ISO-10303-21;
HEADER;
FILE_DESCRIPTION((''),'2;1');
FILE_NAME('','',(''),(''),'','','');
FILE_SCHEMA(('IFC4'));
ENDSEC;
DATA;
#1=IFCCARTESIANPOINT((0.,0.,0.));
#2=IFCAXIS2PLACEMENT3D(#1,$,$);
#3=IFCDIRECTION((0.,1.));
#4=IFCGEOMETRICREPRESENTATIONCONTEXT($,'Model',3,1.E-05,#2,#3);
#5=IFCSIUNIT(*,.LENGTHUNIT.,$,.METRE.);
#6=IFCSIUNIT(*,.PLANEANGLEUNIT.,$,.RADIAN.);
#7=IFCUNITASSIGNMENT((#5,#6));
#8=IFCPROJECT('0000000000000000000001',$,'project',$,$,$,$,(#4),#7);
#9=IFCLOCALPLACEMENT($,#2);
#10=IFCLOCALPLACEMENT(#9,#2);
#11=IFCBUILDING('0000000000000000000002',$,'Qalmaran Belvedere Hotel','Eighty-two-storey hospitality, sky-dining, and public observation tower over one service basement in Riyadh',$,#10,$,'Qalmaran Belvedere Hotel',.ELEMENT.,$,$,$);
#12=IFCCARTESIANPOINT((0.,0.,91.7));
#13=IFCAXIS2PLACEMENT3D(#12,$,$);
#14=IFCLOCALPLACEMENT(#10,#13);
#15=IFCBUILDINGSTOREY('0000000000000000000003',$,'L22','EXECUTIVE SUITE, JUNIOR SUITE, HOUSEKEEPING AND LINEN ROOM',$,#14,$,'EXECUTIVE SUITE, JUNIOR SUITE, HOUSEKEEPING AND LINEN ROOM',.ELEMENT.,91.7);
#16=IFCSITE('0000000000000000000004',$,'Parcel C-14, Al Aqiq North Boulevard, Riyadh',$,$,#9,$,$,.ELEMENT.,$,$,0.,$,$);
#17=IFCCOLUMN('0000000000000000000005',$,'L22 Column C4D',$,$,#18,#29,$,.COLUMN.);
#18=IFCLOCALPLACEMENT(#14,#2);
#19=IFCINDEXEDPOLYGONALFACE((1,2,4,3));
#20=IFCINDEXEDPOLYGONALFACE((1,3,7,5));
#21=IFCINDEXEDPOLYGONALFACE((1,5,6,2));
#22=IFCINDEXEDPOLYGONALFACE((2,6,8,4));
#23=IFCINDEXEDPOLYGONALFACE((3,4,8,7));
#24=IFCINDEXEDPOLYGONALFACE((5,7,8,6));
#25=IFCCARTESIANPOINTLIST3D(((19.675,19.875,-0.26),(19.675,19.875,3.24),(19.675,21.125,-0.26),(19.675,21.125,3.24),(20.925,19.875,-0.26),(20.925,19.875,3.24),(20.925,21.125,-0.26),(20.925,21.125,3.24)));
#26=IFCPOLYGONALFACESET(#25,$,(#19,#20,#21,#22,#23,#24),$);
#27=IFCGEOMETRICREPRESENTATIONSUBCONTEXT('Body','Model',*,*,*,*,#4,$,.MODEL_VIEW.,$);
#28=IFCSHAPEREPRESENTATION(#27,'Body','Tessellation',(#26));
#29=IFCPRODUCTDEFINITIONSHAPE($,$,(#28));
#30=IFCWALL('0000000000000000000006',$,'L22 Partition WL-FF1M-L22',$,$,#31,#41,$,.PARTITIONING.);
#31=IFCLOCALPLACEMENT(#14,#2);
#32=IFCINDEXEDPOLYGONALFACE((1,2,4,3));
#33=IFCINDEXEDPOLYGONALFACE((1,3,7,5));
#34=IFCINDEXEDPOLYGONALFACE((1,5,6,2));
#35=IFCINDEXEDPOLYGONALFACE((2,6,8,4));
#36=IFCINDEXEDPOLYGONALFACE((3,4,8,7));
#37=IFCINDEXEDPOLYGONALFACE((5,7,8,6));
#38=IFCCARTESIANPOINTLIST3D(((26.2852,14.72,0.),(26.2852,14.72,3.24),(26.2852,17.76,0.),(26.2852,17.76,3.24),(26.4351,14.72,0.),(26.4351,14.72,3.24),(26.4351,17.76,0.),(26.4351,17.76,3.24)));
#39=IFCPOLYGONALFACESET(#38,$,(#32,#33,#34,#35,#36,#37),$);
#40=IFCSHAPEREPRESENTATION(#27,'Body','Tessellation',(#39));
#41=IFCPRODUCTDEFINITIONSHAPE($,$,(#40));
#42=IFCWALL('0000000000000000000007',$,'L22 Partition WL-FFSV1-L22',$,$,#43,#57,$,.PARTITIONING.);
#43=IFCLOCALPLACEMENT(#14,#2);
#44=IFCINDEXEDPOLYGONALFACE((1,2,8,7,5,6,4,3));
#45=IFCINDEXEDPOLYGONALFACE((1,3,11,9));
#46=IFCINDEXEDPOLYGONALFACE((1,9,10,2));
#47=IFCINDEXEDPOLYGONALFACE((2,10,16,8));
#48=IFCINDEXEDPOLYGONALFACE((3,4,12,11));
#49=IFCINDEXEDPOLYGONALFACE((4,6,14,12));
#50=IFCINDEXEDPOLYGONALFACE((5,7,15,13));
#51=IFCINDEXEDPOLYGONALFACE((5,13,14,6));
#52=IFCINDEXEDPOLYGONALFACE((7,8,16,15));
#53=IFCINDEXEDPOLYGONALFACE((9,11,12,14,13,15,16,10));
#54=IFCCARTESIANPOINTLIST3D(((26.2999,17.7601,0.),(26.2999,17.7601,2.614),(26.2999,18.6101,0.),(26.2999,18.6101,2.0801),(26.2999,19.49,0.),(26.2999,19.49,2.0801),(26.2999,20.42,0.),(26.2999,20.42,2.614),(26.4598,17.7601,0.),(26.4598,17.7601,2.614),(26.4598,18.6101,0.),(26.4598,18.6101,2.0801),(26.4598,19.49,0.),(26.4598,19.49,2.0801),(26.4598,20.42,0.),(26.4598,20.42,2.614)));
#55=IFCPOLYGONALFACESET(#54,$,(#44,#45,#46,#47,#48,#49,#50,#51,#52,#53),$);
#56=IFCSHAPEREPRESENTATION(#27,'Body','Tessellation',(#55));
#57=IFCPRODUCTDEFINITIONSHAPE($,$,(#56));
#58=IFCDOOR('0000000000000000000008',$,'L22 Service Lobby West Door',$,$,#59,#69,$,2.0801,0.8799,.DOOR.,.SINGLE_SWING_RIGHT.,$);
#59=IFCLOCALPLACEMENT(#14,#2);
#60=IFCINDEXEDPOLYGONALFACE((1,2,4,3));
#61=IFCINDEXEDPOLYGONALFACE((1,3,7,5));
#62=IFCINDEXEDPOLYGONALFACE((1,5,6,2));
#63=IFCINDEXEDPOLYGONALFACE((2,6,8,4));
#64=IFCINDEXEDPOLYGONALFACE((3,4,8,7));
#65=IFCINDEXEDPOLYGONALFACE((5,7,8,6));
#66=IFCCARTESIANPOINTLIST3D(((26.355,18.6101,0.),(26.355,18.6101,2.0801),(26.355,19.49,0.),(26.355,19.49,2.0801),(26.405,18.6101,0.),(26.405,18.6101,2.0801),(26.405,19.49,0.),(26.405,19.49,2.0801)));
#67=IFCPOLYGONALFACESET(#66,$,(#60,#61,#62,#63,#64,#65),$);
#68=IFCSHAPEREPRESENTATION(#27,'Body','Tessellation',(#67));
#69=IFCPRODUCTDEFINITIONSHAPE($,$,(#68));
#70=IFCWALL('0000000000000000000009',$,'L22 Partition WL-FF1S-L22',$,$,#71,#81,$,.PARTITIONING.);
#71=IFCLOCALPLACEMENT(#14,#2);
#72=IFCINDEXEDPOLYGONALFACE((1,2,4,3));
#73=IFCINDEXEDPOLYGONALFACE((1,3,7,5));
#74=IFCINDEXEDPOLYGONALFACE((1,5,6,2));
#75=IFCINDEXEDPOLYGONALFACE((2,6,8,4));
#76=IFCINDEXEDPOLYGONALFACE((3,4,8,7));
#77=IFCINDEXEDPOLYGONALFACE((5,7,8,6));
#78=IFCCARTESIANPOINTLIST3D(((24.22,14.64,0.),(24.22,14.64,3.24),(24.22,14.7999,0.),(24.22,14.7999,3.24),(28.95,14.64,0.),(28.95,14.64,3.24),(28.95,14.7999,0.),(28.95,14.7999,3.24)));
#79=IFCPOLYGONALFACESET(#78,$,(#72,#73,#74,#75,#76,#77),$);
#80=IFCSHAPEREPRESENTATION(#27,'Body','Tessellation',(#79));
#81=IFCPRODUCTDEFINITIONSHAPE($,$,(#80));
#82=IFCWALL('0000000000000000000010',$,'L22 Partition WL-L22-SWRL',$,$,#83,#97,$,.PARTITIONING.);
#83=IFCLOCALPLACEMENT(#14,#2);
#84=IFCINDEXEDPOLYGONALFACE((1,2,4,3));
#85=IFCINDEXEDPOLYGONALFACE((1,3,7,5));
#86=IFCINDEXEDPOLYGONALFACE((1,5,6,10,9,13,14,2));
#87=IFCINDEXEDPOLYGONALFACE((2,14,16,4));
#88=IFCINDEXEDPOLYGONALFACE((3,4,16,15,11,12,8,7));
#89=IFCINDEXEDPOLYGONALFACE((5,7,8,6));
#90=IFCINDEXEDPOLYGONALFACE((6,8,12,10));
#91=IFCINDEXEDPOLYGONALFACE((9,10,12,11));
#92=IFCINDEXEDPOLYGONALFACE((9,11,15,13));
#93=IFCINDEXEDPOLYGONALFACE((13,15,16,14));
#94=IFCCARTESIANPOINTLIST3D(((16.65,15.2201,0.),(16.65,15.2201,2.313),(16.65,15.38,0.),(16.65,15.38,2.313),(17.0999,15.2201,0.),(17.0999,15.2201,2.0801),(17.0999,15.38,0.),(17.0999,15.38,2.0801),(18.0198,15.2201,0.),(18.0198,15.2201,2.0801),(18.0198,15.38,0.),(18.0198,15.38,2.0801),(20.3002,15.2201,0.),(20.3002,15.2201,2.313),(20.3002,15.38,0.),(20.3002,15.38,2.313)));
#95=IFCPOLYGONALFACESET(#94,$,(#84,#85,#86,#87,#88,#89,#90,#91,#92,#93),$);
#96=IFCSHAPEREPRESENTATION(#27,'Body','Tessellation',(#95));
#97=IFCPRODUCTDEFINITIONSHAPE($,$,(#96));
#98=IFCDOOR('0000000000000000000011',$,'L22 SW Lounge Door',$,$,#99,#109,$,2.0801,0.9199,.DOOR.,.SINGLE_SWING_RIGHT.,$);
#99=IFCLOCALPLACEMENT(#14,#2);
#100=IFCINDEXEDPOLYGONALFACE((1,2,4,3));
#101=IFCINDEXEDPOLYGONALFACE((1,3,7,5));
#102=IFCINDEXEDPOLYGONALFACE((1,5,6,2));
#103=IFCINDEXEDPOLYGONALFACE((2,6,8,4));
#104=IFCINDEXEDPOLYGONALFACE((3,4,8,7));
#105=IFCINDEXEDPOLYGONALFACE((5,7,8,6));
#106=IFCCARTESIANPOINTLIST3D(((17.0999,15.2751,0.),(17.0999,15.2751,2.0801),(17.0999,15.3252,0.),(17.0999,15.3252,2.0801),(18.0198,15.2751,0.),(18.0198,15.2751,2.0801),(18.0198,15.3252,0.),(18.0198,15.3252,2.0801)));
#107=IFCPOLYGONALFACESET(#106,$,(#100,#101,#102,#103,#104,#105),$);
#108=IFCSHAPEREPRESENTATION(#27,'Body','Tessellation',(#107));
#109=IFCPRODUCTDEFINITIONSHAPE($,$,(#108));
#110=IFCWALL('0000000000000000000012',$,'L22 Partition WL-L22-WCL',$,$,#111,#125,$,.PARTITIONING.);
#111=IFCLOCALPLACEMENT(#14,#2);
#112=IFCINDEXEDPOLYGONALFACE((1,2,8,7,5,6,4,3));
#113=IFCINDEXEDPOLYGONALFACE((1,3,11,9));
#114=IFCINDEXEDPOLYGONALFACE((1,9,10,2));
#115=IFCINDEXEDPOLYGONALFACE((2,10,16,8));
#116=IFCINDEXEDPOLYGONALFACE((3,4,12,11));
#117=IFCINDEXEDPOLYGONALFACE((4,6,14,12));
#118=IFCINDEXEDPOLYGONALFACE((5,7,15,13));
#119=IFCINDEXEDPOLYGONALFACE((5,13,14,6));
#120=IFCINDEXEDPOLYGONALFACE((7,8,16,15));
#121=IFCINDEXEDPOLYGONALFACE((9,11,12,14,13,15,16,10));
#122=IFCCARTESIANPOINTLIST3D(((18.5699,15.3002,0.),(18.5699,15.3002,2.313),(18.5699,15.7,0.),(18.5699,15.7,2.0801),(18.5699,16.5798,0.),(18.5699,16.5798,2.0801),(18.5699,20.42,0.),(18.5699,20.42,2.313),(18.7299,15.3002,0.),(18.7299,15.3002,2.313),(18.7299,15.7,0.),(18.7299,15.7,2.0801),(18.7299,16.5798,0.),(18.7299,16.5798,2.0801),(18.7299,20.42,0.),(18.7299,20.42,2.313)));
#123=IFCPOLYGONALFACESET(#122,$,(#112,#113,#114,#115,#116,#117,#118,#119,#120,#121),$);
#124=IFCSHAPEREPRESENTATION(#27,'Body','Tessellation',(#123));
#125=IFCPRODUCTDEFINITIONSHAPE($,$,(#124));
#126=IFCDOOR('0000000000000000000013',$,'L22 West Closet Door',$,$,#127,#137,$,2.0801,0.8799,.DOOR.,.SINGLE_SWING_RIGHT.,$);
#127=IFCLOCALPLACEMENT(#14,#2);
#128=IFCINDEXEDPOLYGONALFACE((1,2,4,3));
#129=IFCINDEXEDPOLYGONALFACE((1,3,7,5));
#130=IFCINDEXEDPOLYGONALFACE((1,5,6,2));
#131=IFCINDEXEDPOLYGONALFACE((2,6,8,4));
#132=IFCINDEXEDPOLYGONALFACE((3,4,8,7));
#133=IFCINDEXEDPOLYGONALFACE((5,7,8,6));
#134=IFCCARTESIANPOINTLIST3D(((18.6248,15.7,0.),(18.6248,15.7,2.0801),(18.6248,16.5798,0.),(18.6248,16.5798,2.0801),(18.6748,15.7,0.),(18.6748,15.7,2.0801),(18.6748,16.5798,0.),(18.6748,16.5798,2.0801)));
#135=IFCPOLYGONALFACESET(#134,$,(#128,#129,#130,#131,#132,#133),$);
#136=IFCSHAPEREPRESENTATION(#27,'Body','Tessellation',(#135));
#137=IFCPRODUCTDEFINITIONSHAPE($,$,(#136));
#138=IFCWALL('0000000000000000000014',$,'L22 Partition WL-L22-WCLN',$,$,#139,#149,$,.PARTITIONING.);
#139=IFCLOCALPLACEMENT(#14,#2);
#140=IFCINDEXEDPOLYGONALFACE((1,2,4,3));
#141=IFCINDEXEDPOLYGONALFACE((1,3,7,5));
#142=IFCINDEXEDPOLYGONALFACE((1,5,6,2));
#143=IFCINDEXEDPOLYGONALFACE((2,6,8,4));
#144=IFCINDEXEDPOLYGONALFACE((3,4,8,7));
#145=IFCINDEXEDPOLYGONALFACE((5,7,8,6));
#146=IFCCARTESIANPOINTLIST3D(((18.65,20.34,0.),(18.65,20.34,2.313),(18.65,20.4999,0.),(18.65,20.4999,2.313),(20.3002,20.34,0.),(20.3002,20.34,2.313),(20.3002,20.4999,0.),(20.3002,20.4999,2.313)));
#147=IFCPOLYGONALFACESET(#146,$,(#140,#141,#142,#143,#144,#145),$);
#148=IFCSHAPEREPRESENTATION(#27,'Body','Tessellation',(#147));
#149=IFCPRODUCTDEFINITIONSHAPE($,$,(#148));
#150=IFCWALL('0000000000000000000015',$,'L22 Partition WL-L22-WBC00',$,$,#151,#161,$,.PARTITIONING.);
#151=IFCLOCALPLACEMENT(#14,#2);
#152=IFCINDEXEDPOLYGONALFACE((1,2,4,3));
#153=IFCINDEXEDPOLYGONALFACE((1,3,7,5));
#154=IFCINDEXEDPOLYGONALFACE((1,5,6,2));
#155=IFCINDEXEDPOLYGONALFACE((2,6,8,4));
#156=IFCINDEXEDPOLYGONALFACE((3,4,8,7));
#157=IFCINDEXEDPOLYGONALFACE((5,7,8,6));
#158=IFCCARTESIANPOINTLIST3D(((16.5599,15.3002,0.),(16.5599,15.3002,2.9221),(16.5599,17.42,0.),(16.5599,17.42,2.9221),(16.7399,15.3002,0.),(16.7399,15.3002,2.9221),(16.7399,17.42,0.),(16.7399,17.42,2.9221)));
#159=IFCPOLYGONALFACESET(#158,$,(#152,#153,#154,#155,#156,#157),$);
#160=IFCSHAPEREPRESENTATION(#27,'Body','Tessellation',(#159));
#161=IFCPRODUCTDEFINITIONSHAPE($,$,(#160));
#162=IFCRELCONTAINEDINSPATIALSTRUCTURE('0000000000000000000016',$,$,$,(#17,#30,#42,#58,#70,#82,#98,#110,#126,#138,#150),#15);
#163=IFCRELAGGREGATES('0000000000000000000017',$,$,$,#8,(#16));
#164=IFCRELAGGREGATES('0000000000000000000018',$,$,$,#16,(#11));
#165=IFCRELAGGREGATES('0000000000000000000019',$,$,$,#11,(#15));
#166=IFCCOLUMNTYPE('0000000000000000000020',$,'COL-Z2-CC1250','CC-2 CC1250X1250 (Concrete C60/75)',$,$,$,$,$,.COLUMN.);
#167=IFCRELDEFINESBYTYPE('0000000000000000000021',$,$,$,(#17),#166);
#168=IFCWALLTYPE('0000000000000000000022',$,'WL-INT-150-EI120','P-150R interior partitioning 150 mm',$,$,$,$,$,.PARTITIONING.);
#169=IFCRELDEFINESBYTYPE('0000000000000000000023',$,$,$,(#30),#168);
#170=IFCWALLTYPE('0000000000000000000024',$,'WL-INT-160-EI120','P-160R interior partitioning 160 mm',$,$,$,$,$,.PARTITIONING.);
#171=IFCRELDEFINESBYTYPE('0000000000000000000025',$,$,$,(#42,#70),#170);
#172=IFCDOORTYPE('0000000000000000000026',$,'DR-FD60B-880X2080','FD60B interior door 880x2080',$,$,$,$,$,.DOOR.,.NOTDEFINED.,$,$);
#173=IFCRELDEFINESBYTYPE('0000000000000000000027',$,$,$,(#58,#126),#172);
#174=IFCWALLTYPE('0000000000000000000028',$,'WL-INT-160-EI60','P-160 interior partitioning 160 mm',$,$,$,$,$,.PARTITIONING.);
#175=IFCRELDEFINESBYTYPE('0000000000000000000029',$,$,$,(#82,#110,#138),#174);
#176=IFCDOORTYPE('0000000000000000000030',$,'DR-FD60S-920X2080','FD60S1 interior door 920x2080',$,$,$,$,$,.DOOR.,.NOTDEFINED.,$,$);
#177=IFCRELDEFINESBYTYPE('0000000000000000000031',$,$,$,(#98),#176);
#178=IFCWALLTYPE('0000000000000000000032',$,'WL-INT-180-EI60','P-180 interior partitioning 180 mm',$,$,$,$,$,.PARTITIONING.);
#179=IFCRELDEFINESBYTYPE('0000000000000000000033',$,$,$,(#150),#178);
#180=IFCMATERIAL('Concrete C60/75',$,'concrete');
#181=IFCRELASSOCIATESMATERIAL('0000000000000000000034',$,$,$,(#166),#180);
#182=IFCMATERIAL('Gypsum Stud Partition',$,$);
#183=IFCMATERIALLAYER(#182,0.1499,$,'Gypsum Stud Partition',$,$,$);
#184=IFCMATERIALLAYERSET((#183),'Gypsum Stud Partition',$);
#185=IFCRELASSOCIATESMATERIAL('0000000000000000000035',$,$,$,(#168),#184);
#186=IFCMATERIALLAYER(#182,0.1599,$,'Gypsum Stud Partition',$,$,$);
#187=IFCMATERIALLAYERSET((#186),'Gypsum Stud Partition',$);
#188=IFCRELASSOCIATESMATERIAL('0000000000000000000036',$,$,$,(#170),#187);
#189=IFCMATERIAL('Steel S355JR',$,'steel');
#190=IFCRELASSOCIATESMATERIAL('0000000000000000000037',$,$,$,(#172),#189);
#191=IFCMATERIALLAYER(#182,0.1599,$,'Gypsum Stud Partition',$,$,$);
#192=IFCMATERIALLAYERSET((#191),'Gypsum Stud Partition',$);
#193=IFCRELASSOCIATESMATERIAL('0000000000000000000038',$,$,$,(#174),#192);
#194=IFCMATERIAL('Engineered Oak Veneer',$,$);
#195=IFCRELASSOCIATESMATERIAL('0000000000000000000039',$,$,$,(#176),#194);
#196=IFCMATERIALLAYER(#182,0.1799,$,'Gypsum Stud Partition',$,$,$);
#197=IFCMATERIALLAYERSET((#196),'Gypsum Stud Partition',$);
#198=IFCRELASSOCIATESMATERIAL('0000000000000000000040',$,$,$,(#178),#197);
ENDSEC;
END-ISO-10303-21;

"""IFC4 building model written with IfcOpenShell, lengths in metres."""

from ifc_helpers import new_model, si_unit, direction, frame, frame_2d, origin, origin_2d, place, context, subcontext, project, spatial, rectangle, extrude, material, layer, layer_set, material_profile, profile_set, type_object, element, fill, save


model = new_model("IFC4")

# Units and contexts
model_context = context("Model", 3, precision=1e-05, world=origin(), true_north=direction((0.0, 1.0)))
body_context = subcontext(model_context, "Body", "Model", "MODEL_VIEW")
ifc_project = project(units=[si_unit("LENGTHUNIT", "METRE"), si_unit("PLANEANGLEUNIT", "RADIAN")], contexts=[model_context])

# Site, building, storey
site_placement = place(None, origin())
site = spatial("IfcSite", under=ifc_project, at=site_placement, Name="Parcel C-14, Al Aqiq North Boulevard, Riyadh", CompositionType="ELEMENT", RefElevation=0.0)
building_placement = place(site_placement, origin())
building = spatial("IfcBuilding", under=site, at=building_placement, Name="Qalmaran Belvedere Hotel", Description="Eighty-two-storey hospitality, sky-dining, and public observation tower over one service basement in Riyadh", LongName="Qalmaran Belvedere Hotel", CompositionType="ELEMENT")
storey_placement = place(building_placement, frame((0.0, 0.0, 91.7)))
storey = spatial("IfcBuildingStorey", under=building, at=storey_placement, Name="L22", Description="EXECUTIVE SUITE, JUNIOR SUITE, HOUSEKEEPING AND LINEN ROOM", LongName="EXECUTIVE SUITE, JUNIOR SUITE, HOUSEKEEPING AND LINEN ROOM", CompositionType="ELEMENT", Elevation=91.7)

# Column
ifc_material_1 = material(Name="Concrete C60/75", Category="concrete")
ifc_material_profile = material_profile(ifc_material_1, rectangle(XDim=1.25, YDim=1.25, at=origin_2d()), Name="CC1250X1250")
ifc_profile_set = profile_set([ifc_material_profile], Name="Concrete C60/75")
column_type = type_object("IfcColumnType", Name="COL-Z2-CC1250", Description="CC-2 CC1250X1250 (Concrete C60/75)", PredefinedType="COLUMN", material=ifc_profile_set)
column_placement = place(storey_placement, frame((20.3, 20.5, -0.26), z_axis=(0.0, 0.0, 1.0), x_axis=(1.0, 0.0, 0.0)))
element("IfcColumn", 1, at=column_placement, inside=storey, type_object=column_type, Name="L22 Column C4D", PredefinedType="COLUMN", context=body_context, shape_type="SweptSolid", body=[
    extrude(rectangle(XDim=1.25, YDim=1.25, at=origin_2d()), origin(), (0.0, 0.0, 1.0), 3.5),
])

# Wall
ifc_material_2 = material(Name="Gypsum Stud Partition")
ifc_layer_1 = layer(ifc_material_2, 0.1499, Name="Gypsum Stud Partition")
ifc_layer_set_1 = layer_set([ifc_layer_1], Name="Gypsum Stud Partition")
wall_type_1 = type_object("IfcWallType", Name="WL-INT-150-EI120", Description="P-150R interior partitioning 150 mm", PredefinedType="PARTITIONING", material=ifc_layer_set_1)
wall_1_placement = place(storey_placement, frame((26.3601, 14.72, 0.0), z_axis=(0.0, 0.0, 1.0), x_axis=(0.0, 1.0, 0.0)))
element("IfcWall", 2, at=wall_1_placement, inside=storey, type_object=wall_type_1, Name="L22 Partition WL-FF1M-L22", PredefinedType="PARTITIONING", context=body_context, shape_type="SweptSolid", body=[
    extrude(rectangle(XDim=3.04, YDim=0.1499, at=frame_2d((1.52, 0.0))), origin(), (0.0, 0.0, 1.0), 3.24),
])

# Wall, opening, door
ifc_layer_2 = layer(ifc_material_2, 0.1599, Name="Gypsum Stud Partition")
ifc_layer_set_2 = layer_set([ifc_layer_2], Name="Gypsum Stud Partition")
wall_type_2 = type_object("IfcWallType", Name="WL-INT-160-EI120", Description="P-160R interior partitioning 160 mm", PredefinedType="PARTITIONING", material=ifc_layer_set_2)
wall_2_placement = place(storey_placement, frame((26.3799, 17.76, 0.0), z_axis=(0.0, 0.0, 1.0), x_axis=(0.0, 1.0, 0.0)))
wall_2 = element("IfcWall", 3, at=wall_2_placement, inside=storey, type_object=wall_type_2, Name="L22 Partition WL-FFSV1-L22", PredefinedType="PARTITIONING", context=body_context, shape_type="SweptSolid", body=[
    extrude(rectangle(XDim=2.6599, YDim=0.1599, at=frame_2d((1.3301, 0.0))), origin(), (0.0, 0.0, 1.0), 2.614),
])
opening_1_placement = place(wall_2_placement, frame((0.8501, 0.0, 0.0)))
opening_1 = element("IfcOpeningElement", 4, at=opening_1_placement, cuts=wall_2, PredefinedType="OPENING", context=body_context, shape_type="SweptSolid", body=[
    extrude(rectangle(XDim=0.8799, YDim=2.0801, at=frame_2d((0.4399, 1.04))), frame((0.0, 0.0898, 0.0), z_axis=(0.0, -1.0, 0.0), x_axis=(1.0, 0.0, 0.0)), (0.0, 0.0, 1.0), 0.1799),
])
ifc_material_3 = material(Name="Steel S355JR", Category="steel")
door_type_1 = type_object("IfcDoorType", Name="DR-FD60B-880X2080", Description="FD60B interior door 880x2080", OperationType="NOTDEFINED", PredefinedType="DOOR", material=ifc_material_3)
door_1_placement = place(opening_1_placement, origin())
door_1 = element("IfcDoor", 5, at=door_1_placement, inside=storey, type_object=door_type_1, Name="L22 Service Lobby West Door", OperationType="SINGLE_SWING_RIGHT", OverallHeight=2.0801, OverallWidth=0.8799, PredefinedType="DOOR", context=body_context, shape_type="SweptSolid", body=[
    extrude(rectangle(XDim=0.8799, YDim=2.0801, at=frame_2d((0.4399, 1.04))), frame((0.0, 0.0249, 0.0), z_axis=(0.0, -1.0, 0.0), x_axis=(1.0, 0.0, 0.0)), (0.0, 0.0, 1.0), 0.05),
])
fill(opening_1, door_1)

# Wall
wall_3_placement = place(storey_placement, frame((24.22, 14.72, 0.0), z_axis=(0.0, 0.0, 1.0), x_axis=(1.0, 0.0, 0.0)))
element("IfcWall", 6, at=wall_3_placement, inside=storey, type_object=wall_type_2, Name="L22 Partition WL-FF1S-L22", PredefinedType="PARTITIONING", context=body_context, shape_type="SweptSolid", body=[
    extrude(rectangle(XDim=4.73, YDim=0.1599, at=frame_2d((2.365, 0.0))), origin(), (0.0, 0.0, 1.0), 3.24),
])

# Walls, openings, doors
ifc_layer_3 = layer(ifc_material_2, 0.1599, Name="Gypsum Stud Partition")
ifc_layer_set_3 = layer_set([ifc_layer_3], Name="Gypsum Stud Partition")
wall_type_3 = type_object("IfcWallType", Name="WL-INT-160-EI60", Description="P-160 interior partitioning 160 mm", PredefinedType="PARTITIONING", material=ifc_layer_set_3)
wall_4_placement = place(storey_placement, frame((16.6499, 15.3, 0.0), z_axis=(0.0, 0.0, 1.0), x_axis=(1.0, 0.0, 0.0)))
wall_4 = element("IfcWall", 7, at=wall_4_placement, inside=storey, type_object=wall_type_3, Name="L22 Partition WL-L22-SWRL", PredefinedType="PARTITIONING", context=body_context, shape_type="SweptSolid", body=[
    extrude(rectangle(XDim=3.6501, YDim=0.1599, at=frame_2d((1.8252, 0.0))), origin(), (0.0, 0.0, 1.0), 2.313),
])
opening_2_placement = place(wall_4_placement, frame((1.3699, 0.0, 0.0), z_axis=(0.0, 0.0, 1.0), x_axis=(-1.0, 0.0, 0.0)))
opening_2 = element("IfcOpeningElement", 8, at=opening_2_placement, cuts=wall_4, PredefinedType="OPENING", context=body_context, shape_type="SweptSolid", body=[
    extrude(rectangle(XDim=0.9199, YDim=2.0801, at=frame_2d((0.46, 1.04))), frame((0.0, 0.0898, 0.0), z_axis=(0.0, -1.0, 0.0), x_axis=(1.0, 0.0, 0.0)), (0.0, 0.0, 1.0), 0.1799),
])
ifc_material_4 = material(Name="Engineered Oak Veneer")
door_type_2 = type_object("IfcDoorType", Name="DR-FD60S-920X2080", Description="FD60S1 interior door 920x2080", OperationType="NOTDEFINED", PredefinedType="DOOR", material=ifc_material_4)
door_2_placement = place(opening_2_placement, origin())
door_2 = element("IfcDoor", 9, at=door_2_placement, inside=storey, type_object=door_type_2, Name="L22 SW Lounge Door", OperationType="SINGLE_SWING_RIGHT", OverallHeight=2.0801, OverallWidth=0.9199, PredefinedType="DOOR", context=body_context, shape_type="SweptSolid", body=[
    extrude(rectangle(XDim=0.9199, YDim=2.0801, at=frame_2d((0.46, 1.04))), frame((0.0, 0.0249, 0.0), z_axis=(0.0, -1.0, 0.0), x_axis=(1.0, 0.0, 0.0)), (0.0, 0.0, 1.0), 0.05),
])
fill(opening_2, door_2)
wall_5_placement = place(storey_placement, frame((18.6499, 15.3, 0.0), z_axis=(0.0, 0.0, 1.0), x_axis=(0.0, 1.0, 0.0)))
wall_5 = element("IfcWall", 10, at=wall_5_placement, inside=storey, type_object=wall_type_3, Name="L22 Partition WL-L22-WCL", PredefinedType="PARTITIONING", context=body_context, shape_type="SweptSolid", body=[
    extrude(rectangle(XDim=5.1199, YDim=0.1599, at=frame_2d((2.5601, 0.0))), origin(), (0.0, 0.0, 1.0), 2.313),
])
opening_3_placement = place(wall_5_placement, frame((1.2798, 0.0, 0.0), z_axis=(0.0, 0.0, 1.0), x_axis=(-1.0, 0.0, 0.0)))
opening_3 = element("IfcOpeningElement", 11, at=opening_3_placement, cuts=wall_5, PredefinedType="OPENING", context=body_context, shape_type="SweptSolid", body=[
    extrude(rectangle(XDim=0.8799, YDim=2.0801, at=frame_2d((0.4399, 1.04))), frame((0.0, 0.0898, 0.0), z_axis=(0.0, -1.0, 0.0), x_axis=(1.0, 0.0, 0.0)), (0.0, 0.0, 1.0), 0.1799),
])
door_3_placement = place(opening_3_placement, origin())
door_3 = element("IfcDoor", 12, at=door_3_placement, inside=storey, type_object=door_type_1, Name="L22 West Closet Door", OperationType="SINGLE_SWING_RIGHT", OverallHeight=2.0801, OverallWidth=0.8799, PredefinedType="DOOR", context=body_context, shape_type="SweptSolid", body=[
    extrude(rectangle(XDim=0.8799, YDim=2.0801, at=frame_2d((0.4399, 1.04))), frame((0.0, 0.0249, 0.0), z_axis=(0.0, -1.0, 0.0), x_axis=(1.0, 0.0, 0.0)), (0.0, 0.0, 1.0), 0.05),
])
fill(opening_3, door_3)

# Walls
wall_6_placement = place(storey_placement, frame((18.6499, 20.4199, 0.0), z_axis=(0.0, 0.0, 1.0), x_axis=(1.0, 0.0, 0.0)))
element("IfcWall", 13, at=wall_6_placement, inside=storey, type_object=wall_type_3, Name="L22 Partition WL-L22-WCLN", PredefinedType="PARTITIONING", context=body_context, shape_type="SweptSolid", body=[
    extrude(rectangle(XDim=1.6501, YDim=0.1599, at=frame_2d((0.8252, 0.0))), origin(), (0.0, 0.0, 1.0), 2.313),
])
ifc_layer_4 = layer(ifc_material_2, 0.1799, Name="Gypsum Stud Partition")
ifc_layer_set_4 = layer_set([ifc_layer_4], Name="Gypsum Stud Partition")
wall_type_4 = type_object("IfcWallType", Name="WL-INT-180-EI60", Description="P-180 interior partitioning 180 mm", PredefinedType="PARTITIONING", material=ifc_layer_set_4)
wall_7_placement = place(storey_placement, frame((16.6499, 15.3, 0.0), z_axis=(0.0, 0.0, 1.0), x_axis=(0.0, 1.0, 0.0)))
element("IfcWall", 14, at=wall_7_placement, inside=storey, type_object=wall_type_4, Name="L22 Partition WL-L22-WBC00", PredefinedType="PARTITIONING", context=body_context, shape_type="SweptSolid", body=[
    extrude(rectangle(XDim=2.1199, YDim=0.1799, at=frame_2d((1.0601, 0.0))), origin(), (0.0, 0.0, 1.0), 2.9221),
])

save(model, "model.ifc")
